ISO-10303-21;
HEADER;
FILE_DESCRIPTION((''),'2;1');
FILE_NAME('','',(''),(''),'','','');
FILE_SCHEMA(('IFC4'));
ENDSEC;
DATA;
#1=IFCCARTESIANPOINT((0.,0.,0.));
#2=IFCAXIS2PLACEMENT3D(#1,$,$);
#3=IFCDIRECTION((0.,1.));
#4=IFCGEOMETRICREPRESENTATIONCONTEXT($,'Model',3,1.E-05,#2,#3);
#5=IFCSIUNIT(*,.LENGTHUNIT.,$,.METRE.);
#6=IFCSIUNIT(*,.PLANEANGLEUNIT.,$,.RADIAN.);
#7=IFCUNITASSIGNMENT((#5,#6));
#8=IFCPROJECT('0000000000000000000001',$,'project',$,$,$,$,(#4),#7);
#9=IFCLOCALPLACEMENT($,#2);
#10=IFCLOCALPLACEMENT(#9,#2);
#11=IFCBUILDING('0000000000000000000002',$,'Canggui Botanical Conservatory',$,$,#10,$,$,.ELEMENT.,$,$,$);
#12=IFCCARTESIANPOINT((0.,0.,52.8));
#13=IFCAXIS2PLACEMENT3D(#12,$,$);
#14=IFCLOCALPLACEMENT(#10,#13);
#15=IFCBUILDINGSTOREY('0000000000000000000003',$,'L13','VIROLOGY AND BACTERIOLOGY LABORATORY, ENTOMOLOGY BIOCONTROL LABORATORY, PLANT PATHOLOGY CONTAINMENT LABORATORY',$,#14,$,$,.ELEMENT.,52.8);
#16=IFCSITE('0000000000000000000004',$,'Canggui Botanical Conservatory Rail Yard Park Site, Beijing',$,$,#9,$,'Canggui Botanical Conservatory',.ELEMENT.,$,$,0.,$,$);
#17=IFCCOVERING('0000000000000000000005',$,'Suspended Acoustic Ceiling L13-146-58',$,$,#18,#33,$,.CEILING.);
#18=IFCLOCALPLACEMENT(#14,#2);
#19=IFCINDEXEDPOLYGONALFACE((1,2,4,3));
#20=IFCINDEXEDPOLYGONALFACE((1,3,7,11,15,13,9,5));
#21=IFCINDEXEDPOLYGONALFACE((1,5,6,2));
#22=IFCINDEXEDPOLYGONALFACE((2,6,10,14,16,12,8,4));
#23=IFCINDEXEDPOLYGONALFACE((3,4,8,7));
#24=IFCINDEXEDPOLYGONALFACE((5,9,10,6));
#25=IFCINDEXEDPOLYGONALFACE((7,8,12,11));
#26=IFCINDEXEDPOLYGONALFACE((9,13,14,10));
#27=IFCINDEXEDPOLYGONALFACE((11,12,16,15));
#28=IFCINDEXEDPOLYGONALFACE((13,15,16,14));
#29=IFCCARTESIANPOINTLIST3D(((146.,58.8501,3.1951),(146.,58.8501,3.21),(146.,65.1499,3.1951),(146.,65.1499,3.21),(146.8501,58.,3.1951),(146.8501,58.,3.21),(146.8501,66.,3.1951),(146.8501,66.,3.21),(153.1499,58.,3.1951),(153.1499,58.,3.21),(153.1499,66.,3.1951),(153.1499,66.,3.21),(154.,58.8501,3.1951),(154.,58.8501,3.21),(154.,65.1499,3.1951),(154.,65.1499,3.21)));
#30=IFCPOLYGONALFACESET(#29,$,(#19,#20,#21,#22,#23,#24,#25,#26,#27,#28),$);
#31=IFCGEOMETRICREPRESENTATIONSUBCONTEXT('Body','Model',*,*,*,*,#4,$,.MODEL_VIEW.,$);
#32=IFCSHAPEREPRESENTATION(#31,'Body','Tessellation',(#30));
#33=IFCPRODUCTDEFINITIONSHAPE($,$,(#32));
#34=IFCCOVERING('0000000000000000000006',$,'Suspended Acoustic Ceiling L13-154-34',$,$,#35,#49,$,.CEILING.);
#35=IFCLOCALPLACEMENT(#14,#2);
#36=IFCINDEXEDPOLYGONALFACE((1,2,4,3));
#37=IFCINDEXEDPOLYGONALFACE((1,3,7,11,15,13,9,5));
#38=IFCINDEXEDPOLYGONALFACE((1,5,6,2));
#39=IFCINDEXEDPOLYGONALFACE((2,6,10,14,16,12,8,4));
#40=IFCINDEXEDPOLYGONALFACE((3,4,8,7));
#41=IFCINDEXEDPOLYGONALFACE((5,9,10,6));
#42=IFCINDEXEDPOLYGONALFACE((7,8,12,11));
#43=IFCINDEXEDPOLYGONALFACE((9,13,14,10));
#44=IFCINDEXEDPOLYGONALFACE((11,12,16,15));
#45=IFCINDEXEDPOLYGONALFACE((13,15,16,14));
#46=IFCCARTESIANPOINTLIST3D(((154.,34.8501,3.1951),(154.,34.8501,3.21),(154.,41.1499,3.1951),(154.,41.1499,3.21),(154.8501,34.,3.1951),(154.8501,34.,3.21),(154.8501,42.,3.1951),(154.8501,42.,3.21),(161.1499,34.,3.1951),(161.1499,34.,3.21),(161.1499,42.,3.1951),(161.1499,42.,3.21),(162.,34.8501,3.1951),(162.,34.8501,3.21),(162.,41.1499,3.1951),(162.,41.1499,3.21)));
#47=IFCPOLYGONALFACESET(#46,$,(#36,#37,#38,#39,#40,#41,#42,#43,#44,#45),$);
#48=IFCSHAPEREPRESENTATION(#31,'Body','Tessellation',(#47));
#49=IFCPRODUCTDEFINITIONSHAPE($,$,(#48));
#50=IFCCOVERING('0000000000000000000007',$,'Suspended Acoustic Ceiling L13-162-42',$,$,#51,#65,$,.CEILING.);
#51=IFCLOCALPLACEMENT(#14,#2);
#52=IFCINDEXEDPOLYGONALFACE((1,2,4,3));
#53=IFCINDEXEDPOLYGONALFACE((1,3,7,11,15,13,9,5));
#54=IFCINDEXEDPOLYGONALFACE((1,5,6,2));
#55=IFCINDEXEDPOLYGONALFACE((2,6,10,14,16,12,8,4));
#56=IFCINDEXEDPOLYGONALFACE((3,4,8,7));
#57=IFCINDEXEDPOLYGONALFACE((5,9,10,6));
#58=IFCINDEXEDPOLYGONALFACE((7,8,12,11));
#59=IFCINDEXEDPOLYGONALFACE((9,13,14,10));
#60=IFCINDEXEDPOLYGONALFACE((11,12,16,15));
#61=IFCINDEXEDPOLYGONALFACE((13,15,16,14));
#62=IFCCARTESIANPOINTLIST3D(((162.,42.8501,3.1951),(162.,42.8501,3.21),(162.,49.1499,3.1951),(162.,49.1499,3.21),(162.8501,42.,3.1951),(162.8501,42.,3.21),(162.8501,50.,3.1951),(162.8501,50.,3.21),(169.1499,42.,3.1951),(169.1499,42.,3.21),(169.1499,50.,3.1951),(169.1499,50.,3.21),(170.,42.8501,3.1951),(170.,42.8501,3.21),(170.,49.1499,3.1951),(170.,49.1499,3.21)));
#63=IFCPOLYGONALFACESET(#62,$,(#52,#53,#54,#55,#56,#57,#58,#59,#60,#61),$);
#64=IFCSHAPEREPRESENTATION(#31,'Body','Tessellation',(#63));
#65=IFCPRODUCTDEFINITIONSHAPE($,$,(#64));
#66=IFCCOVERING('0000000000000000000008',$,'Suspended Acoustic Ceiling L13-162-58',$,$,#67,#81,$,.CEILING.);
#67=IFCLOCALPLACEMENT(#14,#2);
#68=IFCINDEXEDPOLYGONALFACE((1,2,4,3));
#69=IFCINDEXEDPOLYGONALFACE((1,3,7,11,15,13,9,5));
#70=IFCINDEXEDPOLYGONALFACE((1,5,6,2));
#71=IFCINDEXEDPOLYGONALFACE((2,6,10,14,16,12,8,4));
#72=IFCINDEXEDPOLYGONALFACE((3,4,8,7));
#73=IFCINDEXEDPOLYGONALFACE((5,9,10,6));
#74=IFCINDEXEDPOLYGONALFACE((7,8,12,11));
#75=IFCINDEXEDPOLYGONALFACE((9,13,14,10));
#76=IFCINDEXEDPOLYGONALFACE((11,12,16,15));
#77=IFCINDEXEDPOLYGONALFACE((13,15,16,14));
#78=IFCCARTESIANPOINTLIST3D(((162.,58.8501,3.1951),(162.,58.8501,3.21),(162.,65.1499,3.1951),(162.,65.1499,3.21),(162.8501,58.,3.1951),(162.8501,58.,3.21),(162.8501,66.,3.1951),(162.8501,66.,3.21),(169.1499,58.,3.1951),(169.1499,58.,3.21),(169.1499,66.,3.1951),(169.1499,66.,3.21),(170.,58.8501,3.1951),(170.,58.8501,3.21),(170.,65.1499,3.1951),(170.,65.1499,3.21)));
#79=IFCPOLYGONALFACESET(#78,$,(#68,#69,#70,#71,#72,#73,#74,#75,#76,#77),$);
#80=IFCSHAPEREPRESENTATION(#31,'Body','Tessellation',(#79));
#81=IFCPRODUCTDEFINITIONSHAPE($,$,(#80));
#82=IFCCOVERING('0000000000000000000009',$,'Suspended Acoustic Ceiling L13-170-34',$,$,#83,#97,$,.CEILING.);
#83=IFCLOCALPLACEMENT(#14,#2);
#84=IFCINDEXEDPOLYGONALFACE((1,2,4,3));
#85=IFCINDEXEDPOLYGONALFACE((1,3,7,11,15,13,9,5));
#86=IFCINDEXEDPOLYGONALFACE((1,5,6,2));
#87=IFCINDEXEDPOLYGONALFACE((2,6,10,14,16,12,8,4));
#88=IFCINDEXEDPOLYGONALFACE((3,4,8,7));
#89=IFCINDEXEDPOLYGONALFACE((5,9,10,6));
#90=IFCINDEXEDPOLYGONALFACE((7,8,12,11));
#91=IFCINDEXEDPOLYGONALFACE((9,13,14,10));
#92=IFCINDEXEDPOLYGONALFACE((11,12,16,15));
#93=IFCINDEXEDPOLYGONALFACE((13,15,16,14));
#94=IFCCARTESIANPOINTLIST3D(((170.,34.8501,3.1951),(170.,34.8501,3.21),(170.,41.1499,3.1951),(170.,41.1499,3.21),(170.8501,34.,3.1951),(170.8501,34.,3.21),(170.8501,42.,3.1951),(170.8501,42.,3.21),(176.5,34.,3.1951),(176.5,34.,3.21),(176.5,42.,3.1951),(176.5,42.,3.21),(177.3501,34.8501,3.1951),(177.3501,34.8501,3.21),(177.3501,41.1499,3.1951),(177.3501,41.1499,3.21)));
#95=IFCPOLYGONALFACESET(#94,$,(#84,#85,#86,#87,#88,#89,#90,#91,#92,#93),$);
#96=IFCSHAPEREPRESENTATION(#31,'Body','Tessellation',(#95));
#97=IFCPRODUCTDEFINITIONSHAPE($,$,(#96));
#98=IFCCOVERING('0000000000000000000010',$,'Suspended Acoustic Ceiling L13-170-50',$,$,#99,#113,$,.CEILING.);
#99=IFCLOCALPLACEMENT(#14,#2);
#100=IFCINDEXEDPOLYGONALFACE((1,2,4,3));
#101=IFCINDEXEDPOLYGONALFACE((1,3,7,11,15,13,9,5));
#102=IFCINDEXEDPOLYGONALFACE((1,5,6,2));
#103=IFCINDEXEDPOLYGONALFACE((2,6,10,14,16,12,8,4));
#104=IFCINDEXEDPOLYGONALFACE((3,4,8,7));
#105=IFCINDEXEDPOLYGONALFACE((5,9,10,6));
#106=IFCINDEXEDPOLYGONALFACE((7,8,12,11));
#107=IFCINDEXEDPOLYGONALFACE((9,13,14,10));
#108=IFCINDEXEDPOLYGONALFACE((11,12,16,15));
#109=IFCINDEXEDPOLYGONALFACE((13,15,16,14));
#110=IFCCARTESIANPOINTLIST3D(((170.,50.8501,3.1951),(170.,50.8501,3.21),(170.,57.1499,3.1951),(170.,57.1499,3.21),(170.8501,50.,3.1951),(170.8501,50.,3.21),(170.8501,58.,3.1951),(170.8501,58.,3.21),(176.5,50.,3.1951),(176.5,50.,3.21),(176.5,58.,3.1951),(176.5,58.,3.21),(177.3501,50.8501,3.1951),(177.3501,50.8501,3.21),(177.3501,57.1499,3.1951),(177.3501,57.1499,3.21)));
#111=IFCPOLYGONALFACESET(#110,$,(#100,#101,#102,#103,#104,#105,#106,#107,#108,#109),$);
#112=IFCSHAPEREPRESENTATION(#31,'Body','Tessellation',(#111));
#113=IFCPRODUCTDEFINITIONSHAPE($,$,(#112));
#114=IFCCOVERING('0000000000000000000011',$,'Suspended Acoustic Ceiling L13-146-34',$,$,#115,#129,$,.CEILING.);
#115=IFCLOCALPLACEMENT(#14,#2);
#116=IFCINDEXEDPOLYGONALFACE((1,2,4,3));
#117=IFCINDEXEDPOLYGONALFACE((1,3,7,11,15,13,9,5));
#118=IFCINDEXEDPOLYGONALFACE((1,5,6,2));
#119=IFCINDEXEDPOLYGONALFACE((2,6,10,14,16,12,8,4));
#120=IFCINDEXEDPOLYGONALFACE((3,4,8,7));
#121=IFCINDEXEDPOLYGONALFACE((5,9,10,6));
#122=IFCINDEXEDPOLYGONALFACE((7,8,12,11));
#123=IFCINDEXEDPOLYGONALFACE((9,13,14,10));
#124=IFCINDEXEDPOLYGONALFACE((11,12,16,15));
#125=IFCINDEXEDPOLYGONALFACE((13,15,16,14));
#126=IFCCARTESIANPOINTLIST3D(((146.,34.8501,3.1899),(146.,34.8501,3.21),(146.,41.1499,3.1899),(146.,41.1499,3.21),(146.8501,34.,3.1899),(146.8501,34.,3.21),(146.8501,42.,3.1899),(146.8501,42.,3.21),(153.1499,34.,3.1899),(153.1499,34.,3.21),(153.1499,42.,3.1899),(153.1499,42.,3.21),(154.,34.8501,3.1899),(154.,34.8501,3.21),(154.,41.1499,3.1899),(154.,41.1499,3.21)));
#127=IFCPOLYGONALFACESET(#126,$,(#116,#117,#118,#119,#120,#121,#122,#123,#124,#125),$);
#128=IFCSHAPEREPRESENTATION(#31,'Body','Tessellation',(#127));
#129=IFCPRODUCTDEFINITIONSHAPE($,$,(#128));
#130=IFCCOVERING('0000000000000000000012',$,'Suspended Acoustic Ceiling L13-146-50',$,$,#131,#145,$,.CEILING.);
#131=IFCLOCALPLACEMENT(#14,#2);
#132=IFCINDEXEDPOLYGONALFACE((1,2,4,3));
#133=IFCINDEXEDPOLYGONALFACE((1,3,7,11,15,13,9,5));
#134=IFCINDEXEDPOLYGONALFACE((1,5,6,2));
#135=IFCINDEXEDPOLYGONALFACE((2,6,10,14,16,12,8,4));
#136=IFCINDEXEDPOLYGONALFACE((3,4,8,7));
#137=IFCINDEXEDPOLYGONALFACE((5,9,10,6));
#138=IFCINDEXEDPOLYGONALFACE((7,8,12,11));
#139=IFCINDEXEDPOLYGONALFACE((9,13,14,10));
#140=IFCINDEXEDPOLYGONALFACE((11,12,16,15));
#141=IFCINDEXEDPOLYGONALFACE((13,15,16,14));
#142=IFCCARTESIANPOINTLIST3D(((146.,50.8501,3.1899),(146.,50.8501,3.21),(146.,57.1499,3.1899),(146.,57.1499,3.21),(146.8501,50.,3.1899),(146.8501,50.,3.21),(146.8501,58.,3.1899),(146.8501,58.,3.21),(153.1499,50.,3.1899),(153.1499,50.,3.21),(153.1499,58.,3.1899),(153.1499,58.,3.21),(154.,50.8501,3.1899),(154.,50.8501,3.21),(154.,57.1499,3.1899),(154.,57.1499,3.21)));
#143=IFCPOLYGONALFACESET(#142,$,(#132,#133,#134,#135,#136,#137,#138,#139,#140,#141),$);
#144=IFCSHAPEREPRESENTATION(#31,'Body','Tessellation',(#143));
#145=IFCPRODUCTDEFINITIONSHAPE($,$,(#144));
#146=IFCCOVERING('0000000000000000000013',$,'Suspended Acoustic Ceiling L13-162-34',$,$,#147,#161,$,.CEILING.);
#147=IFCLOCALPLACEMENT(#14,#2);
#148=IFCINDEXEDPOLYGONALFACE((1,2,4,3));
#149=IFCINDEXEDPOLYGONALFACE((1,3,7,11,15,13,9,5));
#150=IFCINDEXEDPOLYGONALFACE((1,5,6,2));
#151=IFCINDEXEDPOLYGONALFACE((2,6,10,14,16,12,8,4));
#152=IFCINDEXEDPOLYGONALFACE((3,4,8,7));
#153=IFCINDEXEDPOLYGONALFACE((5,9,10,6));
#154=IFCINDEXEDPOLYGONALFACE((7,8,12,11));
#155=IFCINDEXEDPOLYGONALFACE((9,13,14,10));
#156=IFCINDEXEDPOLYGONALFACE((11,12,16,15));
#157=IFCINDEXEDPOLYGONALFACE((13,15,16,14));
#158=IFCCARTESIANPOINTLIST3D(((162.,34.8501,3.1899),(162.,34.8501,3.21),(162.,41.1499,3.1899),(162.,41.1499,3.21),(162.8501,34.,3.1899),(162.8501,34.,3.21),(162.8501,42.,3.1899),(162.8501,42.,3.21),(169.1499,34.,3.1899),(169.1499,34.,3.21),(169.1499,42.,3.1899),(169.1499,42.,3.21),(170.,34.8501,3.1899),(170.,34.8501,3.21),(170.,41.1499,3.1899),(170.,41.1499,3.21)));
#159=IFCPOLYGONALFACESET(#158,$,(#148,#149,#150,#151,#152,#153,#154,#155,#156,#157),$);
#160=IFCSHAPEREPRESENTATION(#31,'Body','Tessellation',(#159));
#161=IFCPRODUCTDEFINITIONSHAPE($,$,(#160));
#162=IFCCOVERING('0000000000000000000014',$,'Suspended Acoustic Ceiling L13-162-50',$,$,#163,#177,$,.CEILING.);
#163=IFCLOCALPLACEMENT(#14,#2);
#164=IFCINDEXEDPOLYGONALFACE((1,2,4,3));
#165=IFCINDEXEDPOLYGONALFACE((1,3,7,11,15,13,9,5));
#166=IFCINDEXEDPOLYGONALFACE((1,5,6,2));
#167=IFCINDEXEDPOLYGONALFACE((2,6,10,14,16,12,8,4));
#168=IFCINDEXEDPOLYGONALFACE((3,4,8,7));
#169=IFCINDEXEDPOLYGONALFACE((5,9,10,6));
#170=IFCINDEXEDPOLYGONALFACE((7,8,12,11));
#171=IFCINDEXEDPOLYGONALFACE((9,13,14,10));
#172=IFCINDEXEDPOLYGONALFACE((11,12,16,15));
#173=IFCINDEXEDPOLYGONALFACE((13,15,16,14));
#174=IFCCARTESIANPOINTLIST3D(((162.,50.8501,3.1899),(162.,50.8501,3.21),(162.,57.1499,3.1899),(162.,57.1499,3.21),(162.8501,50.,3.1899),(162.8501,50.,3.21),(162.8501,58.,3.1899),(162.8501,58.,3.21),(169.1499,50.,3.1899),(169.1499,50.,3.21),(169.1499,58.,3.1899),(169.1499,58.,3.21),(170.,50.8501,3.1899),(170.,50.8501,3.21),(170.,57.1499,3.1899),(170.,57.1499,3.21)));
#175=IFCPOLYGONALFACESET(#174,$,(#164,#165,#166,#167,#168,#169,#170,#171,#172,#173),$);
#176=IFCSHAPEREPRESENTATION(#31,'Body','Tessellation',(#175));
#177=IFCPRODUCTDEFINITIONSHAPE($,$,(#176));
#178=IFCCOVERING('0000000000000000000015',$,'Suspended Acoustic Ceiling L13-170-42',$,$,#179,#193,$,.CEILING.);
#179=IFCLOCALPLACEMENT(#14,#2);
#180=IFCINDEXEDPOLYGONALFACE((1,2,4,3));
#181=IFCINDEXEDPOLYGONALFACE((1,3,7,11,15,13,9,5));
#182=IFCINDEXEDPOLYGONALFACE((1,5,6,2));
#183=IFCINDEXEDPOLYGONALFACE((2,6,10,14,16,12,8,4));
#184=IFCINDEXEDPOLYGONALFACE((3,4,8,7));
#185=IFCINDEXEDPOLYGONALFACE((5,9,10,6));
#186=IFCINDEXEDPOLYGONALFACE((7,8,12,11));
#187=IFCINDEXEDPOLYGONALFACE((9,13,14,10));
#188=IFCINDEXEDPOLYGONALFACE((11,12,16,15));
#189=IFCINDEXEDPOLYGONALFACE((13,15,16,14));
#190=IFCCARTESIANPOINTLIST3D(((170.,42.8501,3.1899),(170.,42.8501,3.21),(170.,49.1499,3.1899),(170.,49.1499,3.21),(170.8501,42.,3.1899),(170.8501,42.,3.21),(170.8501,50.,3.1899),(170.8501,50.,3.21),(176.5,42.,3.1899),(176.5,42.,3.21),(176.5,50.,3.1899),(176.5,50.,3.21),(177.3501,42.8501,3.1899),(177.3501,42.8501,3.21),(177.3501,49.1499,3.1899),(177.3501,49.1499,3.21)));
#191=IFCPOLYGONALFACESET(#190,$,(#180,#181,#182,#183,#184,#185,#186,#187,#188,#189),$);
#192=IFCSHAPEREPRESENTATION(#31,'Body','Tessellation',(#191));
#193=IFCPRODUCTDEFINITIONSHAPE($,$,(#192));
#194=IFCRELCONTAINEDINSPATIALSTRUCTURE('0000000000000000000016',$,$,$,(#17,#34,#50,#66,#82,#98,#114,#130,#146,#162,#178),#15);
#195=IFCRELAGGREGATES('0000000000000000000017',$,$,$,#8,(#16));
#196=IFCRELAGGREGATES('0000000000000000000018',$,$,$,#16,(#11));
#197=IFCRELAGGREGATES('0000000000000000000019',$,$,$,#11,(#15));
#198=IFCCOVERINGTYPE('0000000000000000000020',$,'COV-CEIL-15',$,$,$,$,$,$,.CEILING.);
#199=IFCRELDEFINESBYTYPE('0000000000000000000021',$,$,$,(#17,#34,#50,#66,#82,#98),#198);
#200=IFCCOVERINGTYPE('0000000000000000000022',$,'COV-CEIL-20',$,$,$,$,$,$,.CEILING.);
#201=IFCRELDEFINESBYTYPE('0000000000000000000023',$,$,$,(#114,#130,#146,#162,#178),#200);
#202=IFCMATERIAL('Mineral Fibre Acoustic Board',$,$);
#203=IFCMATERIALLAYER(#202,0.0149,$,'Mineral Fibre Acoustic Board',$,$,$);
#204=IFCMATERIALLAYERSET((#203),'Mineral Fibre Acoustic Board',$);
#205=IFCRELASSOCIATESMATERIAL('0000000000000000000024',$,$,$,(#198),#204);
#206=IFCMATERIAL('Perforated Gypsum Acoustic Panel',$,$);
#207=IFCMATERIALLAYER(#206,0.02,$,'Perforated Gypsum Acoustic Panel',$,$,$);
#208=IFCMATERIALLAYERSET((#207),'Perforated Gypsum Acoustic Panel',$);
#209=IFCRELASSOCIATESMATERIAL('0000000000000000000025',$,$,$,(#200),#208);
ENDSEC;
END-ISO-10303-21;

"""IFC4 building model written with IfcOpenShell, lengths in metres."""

from ifc_helpers import new_model, si_unit, direction, frame, origin, place, context, subcontext, project, spatial, polyline, outline, extrude, material, layer, layer_set, type_object, element, save


model = new_model("IFC4")

# Units and contexts
model_context = context("Model", 3, precision=1e-05, world=origin(), true_north=direction((0.0, 1.0)))
body_context = subcontext(model_context, "Body", "Model", "MODEL_VIEW")
ifc_project = project(units=[si_unit("LENGTHUNIT", "METRE"), si_unit("PLANEANGLEUNIT", "RADIAN")], contexts=[model_context])

# Site, building, storey
site_placement = place(None, origin())
site = spatial("IfcSite", under=ifc_project, at=site_placement, Name="Canggui Botanical Conservatory Rail Yard Park Site, Beijing", LongName="Canggui Botanical Conservatory", CompositionType="ELEMENT", RefElevation=0.0)
building_placement = place(site_placement, origin())
building = spatial("IfcBuilding", under=site, at=building_placement, Name="Canggui Botanical Conservatory", CompositionType="ELEMENT")
storey_placement = place(building_placement, frame((0.0, 0.0, 52.8)))
storey = spatial("IfcBuildingStorey", under=building, at=storey_placement, Name="L13", Description="VIROLOGY AND BACTERIOLOGY LABORATORY, ENTOMOLOGY BIOCONTROL LABORATORY, PLANT PATHOLOGY CONTAINMENT LABORATORY", CompositionType="ELEMENT", Elevation=52.8)

# Coverings
ifc_material_1 = material(Name="Mineral Fibre Acoustic Board")
ifc_layer_1 = layer(ifc_material_1, 0.0149, Name="Mineral Fibre Acoustic Board")
ifc_layer_set_1 = layer_set([ifc_layer_1], Name="Mineral Fibre Acoustic Board")
covering_type_1 = type_object("IfcCoveringType", Name="COV-CEIL-15", PredefinedType="CEILING", material=ifc_layer_set_1)
covering_1_placement = place(storey_placement, frame((0.0, 0.0, 3.1951)))
element("IfcCovering", 1, at=covering_1_placement, inside=storey, type_object=covering_type_1, Name="Suspended Acoustic Ceiling L13-146-58", PredefinedType="CEILING", context=body_context, shape_type="SweptSolid", body=[
    extrude(outline(polyline([(146.8501, 58.0), (153.1499, 58.0), (154.0, 58.8501), (154.0, 65.1499), (153.1499, 66.0), (146.8501, 66.0), (146.0, 65.1499), (146.0, 58.8501), (146.8501, 58.0)])), origin(), (0.0, 0.0, 1.0), 0.0149),
])
covering_2_placement = place(storey_placement, frame((0.0, 0.0, 3.1951)))
element("IfcCovering", 2, at=covering_2_placement, inside=storey, type_object=covering_type_1, Name="Suspended Acoustic Ceiling L13-154-34", PredefinedType="CEILING", context=body_context, shape_type="SweptSolid", body=[
    extrude(outline(polyline([(154.8501, 34.0), (161.1499, 34.0), (162.0, 34.8501), (162.0, 41.1499), (161.1499, 42.0), (154.8501, 42.0), (154.0, 41.1499), (154.0, 34.8501), (154.8501, 34.0)])), origin(), (0.0, 0.0, 1.0), 0.0149),
])
covering_3_placement = place(storey_placement, frame((0.0, 0.0, 3.1951)))
element("IfcCovering", 3, at=covering_3_placement, inside=storey, type_object=covering_type_1, Name="Suspended Acoustic Ceiling L13-162-42", PredefinedType="CEILING", context=body_context, shape_type="SweptSolid", body=[
    extrude(outline(polyline([(162.8501, 42.0), (169.1499, 42.0), (170.0, 42.8501), (170.0, 49.1499), (169.1499, 50.0), (162.8501, 50.0), (162.0, 49.1499), (162.0, 42.8501), (162.8501, 42.0)])), origin(), (0.0, 0.0, 1.0), 0.0149),
])
covering_4_placement = place(storey_placement, frame((0.0, 0.0, 3.1951)))
element("IfcCovering", 4, at=covering_4_placement, inside=storey, type_object=covering_type_1, Name="Suspended Acoustic Ceiling L13-162-58", PredefinedType="CEILING", context=body_context, shape_type="SweptSolid", body=[
    extrude(outline(polyline([(162.8501, 58.0), (169.1499, 58.0), (170.0, 58.8501), (170.0, 65.1499), (169.1499, 66.0), (162.8501, 66.0), (162.0, 65.1499), (162.0, 58.8501), (162.8501, 58.0)])), origin(), (0.0, 0.0, 1.0), 0.0149),
])
covering_5_placement = place(storey_placement, frame((0.0, 0.0, 3.1951)))
element("IfcCovering", 5, at=covering_5_placement, inside=storey, type_object=covering_type_1, Name="Suspended Acoustic Ceiling L13-170-34", PredefinedType="CEILING", context=body_context, shape_type="SweptSolid", body=[
    extrude(outline(polyline([(170.8501, 34.0), (176.5, 34.0), (177.3501, 34.8501), (177.3501, 41.1499), (176.5, 42.0), (170.8501, 42.0), (170.0, 41.1499), (170.0, 34.8501), (170.8501, 34.0)])), origin(), (0.0, 0.0, 1.0), 0.0149),
])
covering_6_placement = place(storey_placement, frame((0.0, 0.0, 3.1951)))
element("IfcCovering", 6, at=covering_6_placement, inside=storey, type_object=covering_type_1, Name="Suspended Acoustic Ceiling L13-170-50", PredefinedType="CEILING", context=body_context, shape_type="SweptSolid", body=[
    extrude(outline(polyline([(170.8501, 50.0), (176.5, 50.0), (177.3501, 50.8501), (177.3501, 57.1499), (176.5, 58.0), (170.8501, 58.0), (170.0, 57.1499), (170.0, 50.8501), (170.8501, 50.0)])), origin(), (0.0, 0.0, 1.0), 0.0149),
])
ifc_material_2 = material(Name="Perforated Gypsum Acoustic Panel")
ifc_layer_2 = layer(ifc_material_2, 0.02, Name="Perforated Gypsum Acoustic Panel")
ifc_layer_set_2 = layer_set([ifc_layer_2], Name="Perforated Gypsum Acoustic Panel")
covering_type_2 = type_object("IfcCoveringType", Name="COV-CEIL-20", PredefinedType="CEILING", material=ifc_layer_set_2)
covering_7_placement = place(storey_placement, frame((0.0, 0.0, 3.1899)))
element("IfcCovering", 7, at=covering_7_placement, inside=storey, type_object=covering_type_2, Name="Suspended Acoustic Ceiling L13-146-34", PredefinedType="CEILING", context=body_context, shape_type="SweptSolid", body=[
    extrude(outline(polyline([(146.8501, 34.0), (153.1499, 34.0), (154.0, 34.8501), (154.0, 41.1499), (153.1499, 42.0), (146.8501, 42.0), (146.0, 41.1499), (146.0, 34.8501), (146.8501, 34.0)])), origin(), (0.0, 0.0, 1.0), 0.02),
])
covering_8_placement = place(storey_placement, frame((0.0, 0.0, 3.1899)))
element("IfcCovering", 8, at=covering_8_placement, inside=storey, type_object=covering_type_2, Name="Suspended Acoustic Ceiling L13-146-50", PredefinedType="CEILING", context=body_context, shape_type="SweptSolid", body=[
    extrude(outline(polyline([(146.8501, 50.0), (153.1499, 50.0), (154.0, 50.8501), (154.0, 57.1499), (153.1499, 58.0), (146.8501, 58.0), (146.0, 57.1499), (146.0, 50.8501), (146.8501, 50.0)])), origin(), (0.0, 0.0, 1.0), 0.02),
])
covering_9_placement = place(storey_placement, frame((0.0, 0.0, 3.1899)))
element("IfcCovering", 9, at=covering_9_placement, inside=storey, type_object=covering_type_2, Name="Suspended Acoustic Ceiling L13-162-34", PredefinedType="CEILING", context=body_context, shape_type="SweptSolid", body=[
    extrude(outline(polyline([(162.8501, 34.0), (169.1499, 34.0), (170.0, 34.8501), (170.0, 41.1499), (169.1499, 42.0), (162.8501, 42.0), (162.0, 41.1499), (162.0, 34.8501), (162.8501, 34.0)])), origin(), (0.0, 0.0, 1.0), 0.02),
])
covering_10_placement = place(storey_placement, frame((0.0, 0.0, 3.1899)))
element("IfcCovering", 10, at=covering_10_placement, inside=storey, type_object=covering_type_2, Name="Suspended Acoustic Ceiling L13-162-50", PredefinedType="CEILING", context=body_context, shape_type="SweptSolid", body=[
    extrude(outline(polyline([(162.8501, 50.0), (169.1499, 50.0), (170.0, 50.8501), (170.0, 57.1499), (169.1499, 58.0), (162.8501, 58.0), (162.0, 57.1499), (162.0, 50.8501), (162.8501, 50.0)])), origin(), (0.0, 0.0, 1.0), 0.02),
])
covering_11_placement = place(storey_placement, frame((0.0, 0.0, 3.1899)))
element("IfcCovering", 11, at=covering_11_placement, inside=storey, type_object=covering_type_2, Name="Suspended Acoustic Ceiling L13-170-42", PredefinedType="CEILING", context=body_context, shape_type="SweptSolid", body=[
    extrude(outline(polyline([(170.8501, 42.0), (176.5, 42.0), (177.3501, 42.8501), (177.3501, 49.1499), (176.5, 50.0), (170.8501, 50.0), (170.0, 49.1499), (170.0, 42.8501), (170.8501, 42.0)])), origin(), (0.0, 0.0, 1.0), 0.02),
])

save(model, "model.ifc")
